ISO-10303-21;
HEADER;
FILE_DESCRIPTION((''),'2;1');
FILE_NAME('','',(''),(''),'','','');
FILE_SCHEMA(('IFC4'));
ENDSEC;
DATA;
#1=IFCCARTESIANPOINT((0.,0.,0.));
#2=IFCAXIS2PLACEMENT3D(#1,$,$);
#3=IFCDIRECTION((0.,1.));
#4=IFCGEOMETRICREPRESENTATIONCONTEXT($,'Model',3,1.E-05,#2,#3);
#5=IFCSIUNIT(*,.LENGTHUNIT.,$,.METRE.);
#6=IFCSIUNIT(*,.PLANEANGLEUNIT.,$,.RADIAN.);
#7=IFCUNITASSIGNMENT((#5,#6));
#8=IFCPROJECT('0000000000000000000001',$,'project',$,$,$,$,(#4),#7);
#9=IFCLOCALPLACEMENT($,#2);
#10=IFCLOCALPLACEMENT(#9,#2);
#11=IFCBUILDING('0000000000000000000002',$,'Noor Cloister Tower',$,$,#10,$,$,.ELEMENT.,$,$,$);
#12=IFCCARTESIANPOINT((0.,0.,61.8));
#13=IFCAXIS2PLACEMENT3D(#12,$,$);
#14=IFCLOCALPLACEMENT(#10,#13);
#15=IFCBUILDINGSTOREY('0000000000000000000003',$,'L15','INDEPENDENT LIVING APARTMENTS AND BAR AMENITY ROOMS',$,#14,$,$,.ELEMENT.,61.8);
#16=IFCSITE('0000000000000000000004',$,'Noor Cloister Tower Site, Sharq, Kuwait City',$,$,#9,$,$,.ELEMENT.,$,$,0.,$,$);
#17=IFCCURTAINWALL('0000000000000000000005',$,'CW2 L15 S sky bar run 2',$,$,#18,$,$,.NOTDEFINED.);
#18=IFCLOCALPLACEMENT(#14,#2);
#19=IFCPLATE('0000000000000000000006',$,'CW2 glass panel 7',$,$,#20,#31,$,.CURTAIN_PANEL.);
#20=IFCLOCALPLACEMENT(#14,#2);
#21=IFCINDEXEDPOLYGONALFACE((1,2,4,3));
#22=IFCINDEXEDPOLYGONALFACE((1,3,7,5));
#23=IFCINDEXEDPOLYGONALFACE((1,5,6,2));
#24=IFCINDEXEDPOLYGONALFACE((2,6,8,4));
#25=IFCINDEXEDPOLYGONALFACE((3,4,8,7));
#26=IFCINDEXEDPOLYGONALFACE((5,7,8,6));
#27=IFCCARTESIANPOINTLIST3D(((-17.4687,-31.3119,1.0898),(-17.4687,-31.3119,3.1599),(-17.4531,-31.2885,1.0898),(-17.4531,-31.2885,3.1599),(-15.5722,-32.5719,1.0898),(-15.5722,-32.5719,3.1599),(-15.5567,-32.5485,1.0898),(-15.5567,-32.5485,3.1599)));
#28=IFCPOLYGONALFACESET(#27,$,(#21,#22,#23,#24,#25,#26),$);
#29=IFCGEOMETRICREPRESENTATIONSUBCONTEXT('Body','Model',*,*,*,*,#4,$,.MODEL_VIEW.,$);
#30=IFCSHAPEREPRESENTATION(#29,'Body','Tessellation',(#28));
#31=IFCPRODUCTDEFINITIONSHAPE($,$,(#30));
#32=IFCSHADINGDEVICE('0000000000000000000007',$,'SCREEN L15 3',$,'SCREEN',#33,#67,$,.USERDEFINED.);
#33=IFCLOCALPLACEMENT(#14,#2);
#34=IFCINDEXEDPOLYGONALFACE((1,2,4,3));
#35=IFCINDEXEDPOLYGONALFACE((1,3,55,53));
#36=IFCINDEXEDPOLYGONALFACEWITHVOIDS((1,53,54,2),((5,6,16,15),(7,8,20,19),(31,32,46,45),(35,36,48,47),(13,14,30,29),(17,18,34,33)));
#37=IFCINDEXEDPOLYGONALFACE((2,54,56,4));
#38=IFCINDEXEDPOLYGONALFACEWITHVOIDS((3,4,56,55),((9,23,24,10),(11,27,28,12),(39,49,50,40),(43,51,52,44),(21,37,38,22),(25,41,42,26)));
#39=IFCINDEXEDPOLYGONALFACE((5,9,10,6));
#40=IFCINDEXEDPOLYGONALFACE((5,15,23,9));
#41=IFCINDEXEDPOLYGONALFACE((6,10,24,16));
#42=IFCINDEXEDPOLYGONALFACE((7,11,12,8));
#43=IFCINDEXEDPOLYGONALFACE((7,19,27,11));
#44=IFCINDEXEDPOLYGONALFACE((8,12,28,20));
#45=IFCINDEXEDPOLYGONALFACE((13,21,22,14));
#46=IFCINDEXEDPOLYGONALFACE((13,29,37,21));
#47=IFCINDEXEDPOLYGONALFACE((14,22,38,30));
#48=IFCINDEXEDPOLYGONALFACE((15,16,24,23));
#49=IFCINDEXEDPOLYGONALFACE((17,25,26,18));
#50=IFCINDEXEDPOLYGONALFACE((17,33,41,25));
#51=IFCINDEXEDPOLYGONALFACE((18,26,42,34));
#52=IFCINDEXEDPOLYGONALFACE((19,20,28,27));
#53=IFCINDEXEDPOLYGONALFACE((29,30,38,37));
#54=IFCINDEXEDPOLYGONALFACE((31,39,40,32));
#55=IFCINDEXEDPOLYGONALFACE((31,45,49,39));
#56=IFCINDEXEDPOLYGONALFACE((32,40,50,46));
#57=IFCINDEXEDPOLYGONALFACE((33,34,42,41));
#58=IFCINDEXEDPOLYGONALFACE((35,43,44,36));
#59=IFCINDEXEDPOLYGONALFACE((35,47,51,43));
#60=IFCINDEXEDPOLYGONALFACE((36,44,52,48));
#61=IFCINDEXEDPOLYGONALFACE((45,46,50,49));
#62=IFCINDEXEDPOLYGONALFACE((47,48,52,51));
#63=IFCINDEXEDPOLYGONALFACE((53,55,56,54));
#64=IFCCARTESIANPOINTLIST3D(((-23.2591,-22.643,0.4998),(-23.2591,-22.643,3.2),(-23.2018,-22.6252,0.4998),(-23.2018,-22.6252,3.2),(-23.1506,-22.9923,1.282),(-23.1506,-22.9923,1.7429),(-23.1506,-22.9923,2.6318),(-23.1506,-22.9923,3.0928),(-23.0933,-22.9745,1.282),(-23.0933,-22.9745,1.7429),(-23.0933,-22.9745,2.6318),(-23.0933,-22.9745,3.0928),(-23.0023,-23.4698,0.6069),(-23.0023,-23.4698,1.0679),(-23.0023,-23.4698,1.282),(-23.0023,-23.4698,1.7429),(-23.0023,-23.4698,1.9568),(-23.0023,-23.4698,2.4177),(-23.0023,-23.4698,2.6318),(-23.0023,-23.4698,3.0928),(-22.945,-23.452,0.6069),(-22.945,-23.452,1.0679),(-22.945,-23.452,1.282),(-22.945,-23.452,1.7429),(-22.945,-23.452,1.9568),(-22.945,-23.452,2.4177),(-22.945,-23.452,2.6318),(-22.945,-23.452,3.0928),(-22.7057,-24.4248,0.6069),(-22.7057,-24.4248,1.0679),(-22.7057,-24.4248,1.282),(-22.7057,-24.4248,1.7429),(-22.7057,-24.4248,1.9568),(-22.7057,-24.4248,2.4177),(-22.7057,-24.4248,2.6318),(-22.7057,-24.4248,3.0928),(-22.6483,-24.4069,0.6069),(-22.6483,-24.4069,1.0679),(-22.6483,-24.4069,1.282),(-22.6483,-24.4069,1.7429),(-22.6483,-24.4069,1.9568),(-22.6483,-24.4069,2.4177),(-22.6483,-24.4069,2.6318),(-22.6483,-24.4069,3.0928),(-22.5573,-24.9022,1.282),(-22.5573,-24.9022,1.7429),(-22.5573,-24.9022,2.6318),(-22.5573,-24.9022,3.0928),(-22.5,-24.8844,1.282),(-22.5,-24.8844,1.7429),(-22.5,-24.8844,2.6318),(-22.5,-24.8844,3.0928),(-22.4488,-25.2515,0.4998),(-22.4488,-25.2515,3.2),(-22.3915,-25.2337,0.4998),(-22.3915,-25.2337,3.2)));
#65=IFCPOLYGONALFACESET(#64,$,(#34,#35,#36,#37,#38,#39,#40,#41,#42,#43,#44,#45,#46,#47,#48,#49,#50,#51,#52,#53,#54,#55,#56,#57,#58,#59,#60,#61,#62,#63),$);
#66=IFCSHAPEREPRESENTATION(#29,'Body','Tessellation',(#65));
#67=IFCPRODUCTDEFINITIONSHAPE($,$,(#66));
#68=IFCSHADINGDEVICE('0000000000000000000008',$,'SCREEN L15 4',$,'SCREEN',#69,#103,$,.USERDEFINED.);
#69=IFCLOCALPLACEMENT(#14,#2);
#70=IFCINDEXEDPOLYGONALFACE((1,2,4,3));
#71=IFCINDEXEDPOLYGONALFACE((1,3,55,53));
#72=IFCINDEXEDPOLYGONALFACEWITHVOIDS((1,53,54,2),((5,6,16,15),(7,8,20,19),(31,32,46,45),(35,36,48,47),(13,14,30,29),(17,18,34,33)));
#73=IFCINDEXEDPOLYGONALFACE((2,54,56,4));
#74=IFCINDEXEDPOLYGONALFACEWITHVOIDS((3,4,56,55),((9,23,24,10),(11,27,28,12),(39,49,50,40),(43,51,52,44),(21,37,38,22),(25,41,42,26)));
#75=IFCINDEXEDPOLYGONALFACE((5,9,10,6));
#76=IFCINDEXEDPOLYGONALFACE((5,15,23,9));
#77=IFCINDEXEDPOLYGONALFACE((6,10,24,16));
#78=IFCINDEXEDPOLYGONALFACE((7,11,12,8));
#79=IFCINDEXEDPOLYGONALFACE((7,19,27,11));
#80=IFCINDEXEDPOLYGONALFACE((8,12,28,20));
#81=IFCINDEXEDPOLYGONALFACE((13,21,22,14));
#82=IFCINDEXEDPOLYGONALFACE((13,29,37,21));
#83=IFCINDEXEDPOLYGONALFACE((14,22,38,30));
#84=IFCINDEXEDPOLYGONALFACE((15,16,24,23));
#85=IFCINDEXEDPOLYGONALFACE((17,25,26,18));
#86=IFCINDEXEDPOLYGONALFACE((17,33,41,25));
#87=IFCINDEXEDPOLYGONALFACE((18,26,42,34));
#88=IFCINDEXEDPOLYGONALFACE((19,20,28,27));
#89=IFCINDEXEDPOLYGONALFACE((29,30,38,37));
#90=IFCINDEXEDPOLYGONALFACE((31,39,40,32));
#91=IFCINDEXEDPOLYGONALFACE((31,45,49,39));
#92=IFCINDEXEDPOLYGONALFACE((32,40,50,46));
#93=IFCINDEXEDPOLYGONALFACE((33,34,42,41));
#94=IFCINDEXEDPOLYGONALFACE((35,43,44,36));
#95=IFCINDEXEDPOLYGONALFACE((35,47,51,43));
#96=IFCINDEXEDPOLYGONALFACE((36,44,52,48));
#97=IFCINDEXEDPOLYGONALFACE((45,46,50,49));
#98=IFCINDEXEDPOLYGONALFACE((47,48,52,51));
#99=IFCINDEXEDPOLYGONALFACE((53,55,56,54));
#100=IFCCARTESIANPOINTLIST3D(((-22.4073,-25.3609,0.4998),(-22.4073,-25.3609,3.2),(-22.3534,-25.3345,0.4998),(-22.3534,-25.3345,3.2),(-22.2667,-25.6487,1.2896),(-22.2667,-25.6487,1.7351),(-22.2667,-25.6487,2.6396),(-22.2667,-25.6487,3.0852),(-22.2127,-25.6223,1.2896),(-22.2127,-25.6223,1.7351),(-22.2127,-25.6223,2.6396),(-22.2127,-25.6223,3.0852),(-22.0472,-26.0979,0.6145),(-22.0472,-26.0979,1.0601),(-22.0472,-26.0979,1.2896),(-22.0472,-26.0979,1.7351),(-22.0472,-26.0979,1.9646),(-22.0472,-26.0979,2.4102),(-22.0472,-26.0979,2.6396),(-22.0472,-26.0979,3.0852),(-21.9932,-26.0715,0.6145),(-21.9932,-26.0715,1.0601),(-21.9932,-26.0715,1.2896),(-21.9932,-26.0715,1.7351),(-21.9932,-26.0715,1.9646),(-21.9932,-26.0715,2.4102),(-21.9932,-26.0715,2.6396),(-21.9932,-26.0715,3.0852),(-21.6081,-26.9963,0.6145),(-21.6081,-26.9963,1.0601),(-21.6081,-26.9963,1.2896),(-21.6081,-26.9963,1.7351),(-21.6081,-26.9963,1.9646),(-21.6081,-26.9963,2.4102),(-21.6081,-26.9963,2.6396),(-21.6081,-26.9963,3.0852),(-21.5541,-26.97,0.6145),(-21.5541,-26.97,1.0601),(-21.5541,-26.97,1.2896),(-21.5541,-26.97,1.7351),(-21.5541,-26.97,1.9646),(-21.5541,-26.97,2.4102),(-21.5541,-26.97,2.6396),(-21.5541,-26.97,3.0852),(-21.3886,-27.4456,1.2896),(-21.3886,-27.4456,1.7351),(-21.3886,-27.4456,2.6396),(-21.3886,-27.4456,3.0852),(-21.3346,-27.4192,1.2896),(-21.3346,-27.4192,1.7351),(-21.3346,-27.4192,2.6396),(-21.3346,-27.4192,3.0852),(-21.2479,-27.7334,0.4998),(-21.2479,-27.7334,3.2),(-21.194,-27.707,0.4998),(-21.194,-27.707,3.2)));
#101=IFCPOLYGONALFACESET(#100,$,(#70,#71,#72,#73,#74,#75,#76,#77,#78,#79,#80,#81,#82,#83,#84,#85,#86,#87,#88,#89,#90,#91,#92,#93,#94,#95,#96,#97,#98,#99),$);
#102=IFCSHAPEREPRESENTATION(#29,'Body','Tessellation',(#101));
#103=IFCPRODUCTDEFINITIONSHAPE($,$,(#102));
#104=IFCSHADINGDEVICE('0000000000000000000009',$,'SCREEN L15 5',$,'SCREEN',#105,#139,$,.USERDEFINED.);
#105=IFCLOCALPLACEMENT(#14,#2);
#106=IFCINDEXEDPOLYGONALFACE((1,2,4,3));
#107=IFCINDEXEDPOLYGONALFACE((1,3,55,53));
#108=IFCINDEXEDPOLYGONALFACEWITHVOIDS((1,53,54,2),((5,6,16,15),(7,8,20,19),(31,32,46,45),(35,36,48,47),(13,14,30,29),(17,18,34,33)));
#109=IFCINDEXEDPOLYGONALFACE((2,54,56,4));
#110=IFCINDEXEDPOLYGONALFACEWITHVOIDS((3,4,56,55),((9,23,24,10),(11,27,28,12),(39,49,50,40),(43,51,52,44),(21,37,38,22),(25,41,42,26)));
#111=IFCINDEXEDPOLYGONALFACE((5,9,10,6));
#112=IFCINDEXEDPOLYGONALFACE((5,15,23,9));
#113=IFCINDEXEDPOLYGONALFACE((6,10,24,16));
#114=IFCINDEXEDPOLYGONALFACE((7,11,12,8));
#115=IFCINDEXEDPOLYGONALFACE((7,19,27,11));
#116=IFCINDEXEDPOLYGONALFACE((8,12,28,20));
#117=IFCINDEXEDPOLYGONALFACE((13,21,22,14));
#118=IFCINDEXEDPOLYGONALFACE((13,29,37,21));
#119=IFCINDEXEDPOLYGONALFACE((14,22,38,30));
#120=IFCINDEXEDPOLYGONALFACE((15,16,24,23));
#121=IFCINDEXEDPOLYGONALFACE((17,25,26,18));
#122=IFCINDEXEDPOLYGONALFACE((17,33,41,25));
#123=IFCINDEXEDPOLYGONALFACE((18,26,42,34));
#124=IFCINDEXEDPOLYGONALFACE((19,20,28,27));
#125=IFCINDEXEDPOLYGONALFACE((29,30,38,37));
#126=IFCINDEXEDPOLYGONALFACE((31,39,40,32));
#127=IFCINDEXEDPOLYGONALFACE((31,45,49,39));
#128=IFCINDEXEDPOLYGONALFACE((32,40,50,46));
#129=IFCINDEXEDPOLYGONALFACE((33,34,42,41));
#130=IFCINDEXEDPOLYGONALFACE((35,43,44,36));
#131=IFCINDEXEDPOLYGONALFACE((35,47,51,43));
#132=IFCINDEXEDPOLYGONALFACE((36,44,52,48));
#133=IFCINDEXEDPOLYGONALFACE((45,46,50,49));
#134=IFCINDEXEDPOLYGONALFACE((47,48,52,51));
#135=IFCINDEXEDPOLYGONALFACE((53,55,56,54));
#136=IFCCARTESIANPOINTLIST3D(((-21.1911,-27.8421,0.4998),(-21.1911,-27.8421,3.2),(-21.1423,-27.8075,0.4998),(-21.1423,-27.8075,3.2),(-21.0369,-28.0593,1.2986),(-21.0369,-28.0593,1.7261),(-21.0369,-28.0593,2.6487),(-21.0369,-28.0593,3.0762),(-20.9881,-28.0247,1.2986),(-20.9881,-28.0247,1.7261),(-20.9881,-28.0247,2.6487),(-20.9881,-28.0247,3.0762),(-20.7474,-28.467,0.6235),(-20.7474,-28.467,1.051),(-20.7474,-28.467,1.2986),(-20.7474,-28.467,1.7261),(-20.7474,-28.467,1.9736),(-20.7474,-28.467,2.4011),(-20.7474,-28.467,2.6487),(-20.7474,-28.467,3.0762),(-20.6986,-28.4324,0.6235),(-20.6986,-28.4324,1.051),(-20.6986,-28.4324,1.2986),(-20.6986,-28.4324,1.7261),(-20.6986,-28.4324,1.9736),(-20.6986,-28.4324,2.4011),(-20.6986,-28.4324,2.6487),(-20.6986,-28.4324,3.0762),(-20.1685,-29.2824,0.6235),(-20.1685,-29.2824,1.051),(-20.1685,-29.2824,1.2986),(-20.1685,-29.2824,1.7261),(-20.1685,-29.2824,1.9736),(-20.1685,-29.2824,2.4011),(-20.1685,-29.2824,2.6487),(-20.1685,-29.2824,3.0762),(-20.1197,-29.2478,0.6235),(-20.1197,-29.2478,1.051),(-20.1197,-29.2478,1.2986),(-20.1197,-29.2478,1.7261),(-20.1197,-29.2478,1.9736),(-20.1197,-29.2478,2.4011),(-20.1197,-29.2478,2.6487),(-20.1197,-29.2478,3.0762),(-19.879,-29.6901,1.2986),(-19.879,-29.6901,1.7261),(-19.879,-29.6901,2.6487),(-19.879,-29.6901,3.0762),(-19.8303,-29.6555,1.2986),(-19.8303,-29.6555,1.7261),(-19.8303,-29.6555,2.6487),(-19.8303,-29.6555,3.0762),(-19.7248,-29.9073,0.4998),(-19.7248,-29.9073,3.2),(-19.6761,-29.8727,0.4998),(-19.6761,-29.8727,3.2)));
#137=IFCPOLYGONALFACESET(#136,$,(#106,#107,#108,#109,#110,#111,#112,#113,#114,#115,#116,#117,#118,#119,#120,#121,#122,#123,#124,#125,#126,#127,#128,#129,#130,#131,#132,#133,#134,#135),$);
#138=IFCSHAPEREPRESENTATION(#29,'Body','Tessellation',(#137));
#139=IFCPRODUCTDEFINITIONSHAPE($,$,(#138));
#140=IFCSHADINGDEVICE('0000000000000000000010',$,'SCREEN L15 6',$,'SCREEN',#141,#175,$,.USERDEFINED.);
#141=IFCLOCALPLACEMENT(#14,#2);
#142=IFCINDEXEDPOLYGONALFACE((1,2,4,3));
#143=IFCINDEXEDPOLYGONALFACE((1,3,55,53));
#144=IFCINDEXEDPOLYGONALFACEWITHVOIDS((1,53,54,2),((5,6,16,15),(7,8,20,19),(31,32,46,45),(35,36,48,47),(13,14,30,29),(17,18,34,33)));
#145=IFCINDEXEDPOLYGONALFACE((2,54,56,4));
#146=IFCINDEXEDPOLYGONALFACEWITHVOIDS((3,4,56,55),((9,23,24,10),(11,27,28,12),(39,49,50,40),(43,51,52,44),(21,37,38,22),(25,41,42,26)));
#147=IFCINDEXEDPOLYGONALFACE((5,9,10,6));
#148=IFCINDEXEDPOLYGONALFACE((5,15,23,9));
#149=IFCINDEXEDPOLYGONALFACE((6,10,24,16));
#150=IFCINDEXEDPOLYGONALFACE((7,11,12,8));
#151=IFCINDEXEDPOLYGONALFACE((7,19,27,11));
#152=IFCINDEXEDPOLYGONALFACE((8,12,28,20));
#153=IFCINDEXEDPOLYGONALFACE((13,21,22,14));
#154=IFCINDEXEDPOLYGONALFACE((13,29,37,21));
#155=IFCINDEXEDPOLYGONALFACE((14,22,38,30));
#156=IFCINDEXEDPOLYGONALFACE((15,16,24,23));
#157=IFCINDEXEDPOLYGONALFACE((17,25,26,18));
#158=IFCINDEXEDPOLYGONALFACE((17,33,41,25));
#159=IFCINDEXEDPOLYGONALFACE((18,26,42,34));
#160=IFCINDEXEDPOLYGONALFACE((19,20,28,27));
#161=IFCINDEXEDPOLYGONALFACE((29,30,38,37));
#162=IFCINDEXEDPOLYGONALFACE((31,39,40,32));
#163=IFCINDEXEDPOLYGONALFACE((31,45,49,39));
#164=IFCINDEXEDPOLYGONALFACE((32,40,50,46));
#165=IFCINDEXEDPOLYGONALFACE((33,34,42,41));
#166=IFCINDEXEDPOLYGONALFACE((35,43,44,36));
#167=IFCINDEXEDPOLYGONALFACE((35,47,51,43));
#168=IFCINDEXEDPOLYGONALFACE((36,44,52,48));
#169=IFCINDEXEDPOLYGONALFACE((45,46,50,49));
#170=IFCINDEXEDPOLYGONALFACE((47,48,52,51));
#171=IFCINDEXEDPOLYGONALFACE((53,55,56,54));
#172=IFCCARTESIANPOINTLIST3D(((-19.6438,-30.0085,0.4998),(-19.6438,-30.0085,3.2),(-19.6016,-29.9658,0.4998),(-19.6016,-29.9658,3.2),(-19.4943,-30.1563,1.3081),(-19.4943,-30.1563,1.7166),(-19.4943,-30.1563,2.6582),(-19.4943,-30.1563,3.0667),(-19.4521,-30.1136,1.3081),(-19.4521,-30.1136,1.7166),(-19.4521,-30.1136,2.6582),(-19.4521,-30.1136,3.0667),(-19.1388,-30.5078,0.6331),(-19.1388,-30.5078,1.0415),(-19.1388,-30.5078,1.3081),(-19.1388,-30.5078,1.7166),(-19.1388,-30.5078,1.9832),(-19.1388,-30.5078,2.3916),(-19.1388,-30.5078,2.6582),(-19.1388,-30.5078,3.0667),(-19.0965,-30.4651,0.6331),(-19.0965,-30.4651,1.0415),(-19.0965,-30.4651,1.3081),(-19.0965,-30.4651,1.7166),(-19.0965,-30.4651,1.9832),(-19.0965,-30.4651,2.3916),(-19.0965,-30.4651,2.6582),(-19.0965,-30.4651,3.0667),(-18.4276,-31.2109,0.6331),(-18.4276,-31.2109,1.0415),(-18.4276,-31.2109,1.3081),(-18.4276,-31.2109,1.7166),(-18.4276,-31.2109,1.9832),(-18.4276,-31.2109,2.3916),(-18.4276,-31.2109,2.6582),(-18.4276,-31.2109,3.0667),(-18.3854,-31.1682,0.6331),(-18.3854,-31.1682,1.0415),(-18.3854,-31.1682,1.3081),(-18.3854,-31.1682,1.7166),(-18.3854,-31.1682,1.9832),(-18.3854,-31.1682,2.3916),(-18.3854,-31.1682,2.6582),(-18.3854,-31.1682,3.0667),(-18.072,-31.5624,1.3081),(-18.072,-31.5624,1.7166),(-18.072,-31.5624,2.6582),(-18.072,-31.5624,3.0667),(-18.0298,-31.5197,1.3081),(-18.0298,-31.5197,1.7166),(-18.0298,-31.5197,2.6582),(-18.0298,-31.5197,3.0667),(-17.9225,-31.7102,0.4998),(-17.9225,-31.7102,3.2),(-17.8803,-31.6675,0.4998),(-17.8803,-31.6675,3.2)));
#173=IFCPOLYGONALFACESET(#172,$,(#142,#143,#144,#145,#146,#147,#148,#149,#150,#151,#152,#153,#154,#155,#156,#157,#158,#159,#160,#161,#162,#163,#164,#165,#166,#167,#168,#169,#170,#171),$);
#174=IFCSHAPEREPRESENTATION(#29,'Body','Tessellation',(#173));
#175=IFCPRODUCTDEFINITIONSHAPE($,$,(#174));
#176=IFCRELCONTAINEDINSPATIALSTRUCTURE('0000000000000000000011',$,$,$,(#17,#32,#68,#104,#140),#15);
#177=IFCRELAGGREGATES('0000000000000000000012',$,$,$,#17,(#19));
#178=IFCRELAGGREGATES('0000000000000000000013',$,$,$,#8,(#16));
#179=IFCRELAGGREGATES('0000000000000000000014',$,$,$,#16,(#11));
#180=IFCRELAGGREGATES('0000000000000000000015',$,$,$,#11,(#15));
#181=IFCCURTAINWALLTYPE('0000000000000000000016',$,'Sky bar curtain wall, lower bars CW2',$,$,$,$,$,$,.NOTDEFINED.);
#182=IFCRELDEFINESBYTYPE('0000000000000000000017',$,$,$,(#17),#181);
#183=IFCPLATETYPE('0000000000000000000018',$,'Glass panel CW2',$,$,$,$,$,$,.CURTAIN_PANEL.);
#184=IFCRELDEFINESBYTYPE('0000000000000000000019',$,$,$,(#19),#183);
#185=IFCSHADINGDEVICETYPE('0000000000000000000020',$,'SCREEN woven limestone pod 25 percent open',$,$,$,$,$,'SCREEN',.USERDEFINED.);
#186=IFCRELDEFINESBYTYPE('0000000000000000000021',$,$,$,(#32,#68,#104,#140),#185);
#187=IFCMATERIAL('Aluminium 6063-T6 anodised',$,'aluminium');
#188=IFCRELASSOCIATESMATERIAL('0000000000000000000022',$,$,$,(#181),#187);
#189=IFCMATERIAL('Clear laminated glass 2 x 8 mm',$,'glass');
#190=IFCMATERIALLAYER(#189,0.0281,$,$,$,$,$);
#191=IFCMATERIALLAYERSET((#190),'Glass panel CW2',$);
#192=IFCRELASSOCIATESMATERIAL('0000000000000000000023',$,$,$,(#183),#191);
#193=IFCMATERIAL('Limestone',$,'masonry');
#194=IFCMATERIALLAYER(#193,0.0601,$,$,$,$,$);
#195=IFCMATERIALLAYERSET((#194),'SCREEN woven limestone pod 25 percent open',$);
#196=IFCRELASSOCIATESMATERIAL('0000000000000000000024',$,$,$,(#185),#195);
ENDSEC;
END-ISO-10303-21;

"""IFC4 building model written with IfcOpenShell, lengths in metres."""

from ifc_helpers import new_model, si_unit, direction, frame, origin, origin_2d, place, context, subcontext, project, spatial, polyline, rectangle, outline, extrude, material, layer, layer_set, type_object, element, aggregate, save


model = new_model("IFC4")

# Units and contexts
model_context = context("Model", 3, precision=1e-05, world=origin(), true_north=direction((0.0, 1.0)))
body_context = subcontext(model_context, "Body", "Model", "MODEL_VIEW")
ifc_project = project(units=[si_unit("LENGTHUNIT", "METRE"), si_unit("PLANEANGLEUNIT", "RADIAN")], contexts=[model_context])

# Site, building, storey
site_placement = place(None, origin())
site = spatial("IfcSite", under=ifc_project, at=site_placement, Name="Noor Cloister Tower Site, Sharq, Kuwait City", CompositionType="ELEMENT", RefElevation=0.0)
building_placement = place(site_placement, origin())
building = spatial("IfcBuilding", under=site, at=building_placement, Name="Noor Cloister Tower", CompositionType="ELEMENT")
storey_placement = place(building_placement, frame((0.0, 0.0, 61.8)))
storey = spatial("IfcBuildingStorey", under=building, at=storey_placement, Name="L15", Description="INDEPENDENT LIVING APARTMENTS AND BAR AMENITY ROOMS", CompositionType="ELEMENT", Elevation=61.8)

# Curtain wall
ifc_material_1 = material(Name="Aluminium 6063-T6 anodised", Category="aluminium")
curtain_wall_type = type_object("IfcCurtainWallType", Name="Sky bar curtain wall, lower bars CW2", PredefinedType="NOTDEFINED", material=ifc_material_1)
curtain_wall_placement = place(storey_placement, origin())
curtain_wall = element("IfcCurtainWall", 1, at=curtain_wall_placement, inside=storey, type_object=curtain_wall_type, Name="CW2 L15 S sky bar run 2", PredefinedType="NOTDEFINED")

# Plate
ifc_material_2 = material(Name="Clear laminated glass 2 x 8 mm", Category="glass")
ifc_layer_1 = layer(ifc_material_2, 0.0281)
ifc_layer_set_1 = layer_set([ifc_layer_1], Name="Glass panel CW2")
plate_type = type_object("IfcPlateType", Name="Glass panel CW2", PredefinedType="CURTAIN_PANEL", material=ifc_layer_set_1)
plate_1_placement = place(storey_placement, frame((-16.5127, -31.9302, 1.0898), z_axis=(0.0, 0.0, 1.0), x_axis=(0.832918, -0.553396, 0.0)))
plate_1 = element("IfcPlate", 2, at=plate_1_placement, type_object=plate_type, Name="CW2 glass panel 7", PredefinedType="CURTAIN_PANEL", context=body_context, shape_type="SweptSolid", body=[
    extrude(rectangle(XDim=2.2769, YDim=0.0281, at=origin_2d()), origin(), (0.0, 0.0, 1.0), 2.0701),
])
aggregate(curtain_wall, [plate_1])

# Shading devices
ifc_material_3 = material(Name="Limestone", Category="masonry")
ifc_layer_2 = layer(ifc_material_3, 0.0601)
ifc_layer_set_2 = layer_set([ifc_layer_2], Name="SCREEN woven limestone pod 25 percent open")
shading_device_type = type_object("IfcShadingDeviceType", Name="SCREEN woven limestone pod 25 percent open", ElementType="SCREEN", PredefinedType="USERDEFINED", material=ifc_layer_set_2)
shading_device_1_placement = place(storey_placement, frame((-22.7966, -23.9294, 1.8499), z_axis=(-0.954985, -0.296655, 0.0), x_axis=(0.296655, -0.954985, 0.0)))
element("IfcShadingDevice", 3, at=shading_device_1_placement, inside=storey, type_object=shading_device_type, Name="SCREEN L15 3", ObjectType="SCREEN", PredefinedType="USERDEFINED", context=body_context, shape_type="SweptSolid", body=[
    extrude(outline(polyline([(-1.3657, -1.3501), (1.3657, -1.3501), (1.3657, 1.3501), (-1.3657, 1.3501), (-1.3657, -1.3501)]), holes=[polyline([(-0.5, -1.2429), (0.5, -1.2429), (0.5, -0.782), (-0.5, -0.782), (-0.5, -1.2429)]), polyline([(-1.0, -0.5679), (-0.5, -0.5679), (-0.5, -0.1069), (-1.0, -0.1069), (-1.0, -0.5679)]), polyline([(0.5, -0.5679), (1.0, -0.5679), (1.0, -0.1069), (0.5, -0.1069), (0.5, -0.5679)]), polyline([(-0.5, 0.1069), (0.5, 0.1069), (0.5, 0.5679), (-0.5, 0.5679), (-0.5, 0.1069)]), polyline([(-1.0, 0.782), (-0.5, 0.782), (-0.5, 1.2429), (-1.0, 1.2429), (-1.0, 0.782)]), polyline([(0.5, 0.782), (1.0, 0.782), (1.0, 1.2429), (0.5, 1.2429), (0.5, 0.782)])]), origin(), (0.0, 0.0, 1.0), 0.0601),
])
shading_device_2_placement = place(storey_placement, frame((-21.7737, -26.5208, 1.8499), z_axis=(-0.898456, -0.439064, 0.0), x_axis=(0.439064, -0.898456, 0.0)))
element("IfcShadingDevice", 4, at=shading_device_2_placement, inside=storey, type_object=shading_device_type, Name="SCREEN L15 4", ObjectType="SCREEN", PredefinedType="USERDEFINED", context=body_context, shape_type="SweptSolid", body=[
    extrude(outline(polyline([(-1.3203, -1.3501), (1.3203, -1.3501), (1.3203, 1.3501), (-1.3203, 1.3501), (-1.3203, -1.3501)]), holes=[polyline([(-0.5, -1.2354), (0.5, -1.2354), (0.5, -0.7898), (-0.5, -0.7898), (-0.5, -1.2354)]), polyline([(-1.0, -0.5603), (-0.5, -0.5603), (-0.5, -0.1147), (-1.0, -0.1147), (-1.0, -0.5603)]), polyline([(0.5, -0.5603), (1.0, -0.5603), (1.0, -0.1147), (0.5, -0.1147), (0.5, -0.5603)]), polyline([(-0.5, 0.1147), (0.5, 0.1147), (0.5, 0.5603), (-0.5, 0.5603), (-0.5, 0.1147)]), polyline([(-1.0, 0.7898), (-0.5, 0.7898), (-0.5, 1.2354), (-1.0, 1.2354), (-1.0, 0.7898)]), polyline([(0.5, 0.7898), (1.0, 0.7898), (1.0, 1.2354), (0.5, 1.2354), (0.5, 0.7898)])]), origin(), (0.0, 0.0, 1.0), 0.0601),
])
shading_device_3_placement = place(storey_placement, frame((-20.4092, -28.8401, 1.8499), z_axis=(-0.815383, -0.578922, 0.0), x_axis=(0.578922, -0.815383, 0.0)))
element("IfcShadingDevice", 5, at=shading_device_3_placement, inside=storey, type_object=shading_device_type, Name="SCREEN L15 5", ObjectType="SCREEN", PredefinedType="USERDEFINED", context=body_context, shape_type="SweptSolid", body=[
    extrude(outline(polyline([(-1.2664, -1.3501), (1.2664, -1.3501), (1.2664, 1.3501), (-1.2664, 1.3501), (-1.2664, -1.3501)]), holes=[polyline([(-0.5, -1.2263), (0.5, -1.2263), (0.5, -0.7988), (-0.5, -0.7988), (-0.5, -1.2263)]), polyline([(-1.0, -0.5513), (-0.5, -0.5513), (-0.5, -0.1238), (-1.0, -0.1238), (-1.0, -0.5513)]), polyline([(0.5, -0.5513), (1.0, -0.5513), (1.0, -0.1238), (0.5, -0.1238), (0.5, -0.5513)]), polyline([(-0.5, 0.1238), (0.5, 0.1238), (0.5, 0.5513), (-0.5, 0.5513), (-0.5, 0.1238)]), polyline([(-1.0, 0.7988), (-0.5, 0.7988), (-0.5, 1.2263), (-1.0, 1.2263), (-1.0, 0.7988)]), polyline([(0.5, 0.7988), (1.0, 0.7988), (1.0, 1.2263), (0.5, 1.2263), (0.5, 0.7988)])]), origin(), (0.0, 0.0, 1.0), 0.0598),
])
shading_device_4_placement = place(storey_placement, frame((-18.741, -30.8167, 1.8499), z_axis=(-0.703031, -0.711159, 0.0), x_axis=(0.711159, -0.703031, 0.0)))
element("IfcShadingDevice", 6, at=shading_device_4_placement, inside=storey, type_object=shading_device_type, Name="SCREEN L15 6", ObjectType="SCREEN", PredefinedType="USERDEFINED", context=body_context, shape_type="SweptSolid", body=[
    extrude(outline(polyline([(-1.2102, -1.3501), (1.2102, -1.3501), (1.2102, 1.3501), (-1.2102, 1.3501), (-1.2102, -1.3501)]), holes=[polyline([(-0.5, -1.2168), (0.5, -1.2168), (0.5, -0.8083), (-0.5, -0.8083), (-0.5, -1.2168)]), polyline([(-1.0, -0.5417), (-0.5, -0.5417), (-0.5, -0.1333), (-1.0, -0.1333), (-1.0, -0.5417)]), polyline([(0.5, -0.5417), (1.0, -0.5417), (1.0, -0.1333), (0.5, -0.1333), (0.5, -0.5417)]), polyline([(-0.5, 0.1333), (0.5, 0.1333), (0.5, 0.5417), (-0.5, 0.5417), (-0.5, 0.1333)]), polyline([(-1.0, 0.8083), (-0.5, 0.8083), (-0.5, 1.2168), (-1.0, 1.2168), (-1.0, 0.8083)]), polyline([(0.5, 0.8083), (1.0, 0.8083), (1.0, 1.2168), (0.5, 1.2168), (0.5, 0.8083)])]), origin(), (0.0, 0.0, 1.0), 0.0601),
])

save(model, "model.ifc")
